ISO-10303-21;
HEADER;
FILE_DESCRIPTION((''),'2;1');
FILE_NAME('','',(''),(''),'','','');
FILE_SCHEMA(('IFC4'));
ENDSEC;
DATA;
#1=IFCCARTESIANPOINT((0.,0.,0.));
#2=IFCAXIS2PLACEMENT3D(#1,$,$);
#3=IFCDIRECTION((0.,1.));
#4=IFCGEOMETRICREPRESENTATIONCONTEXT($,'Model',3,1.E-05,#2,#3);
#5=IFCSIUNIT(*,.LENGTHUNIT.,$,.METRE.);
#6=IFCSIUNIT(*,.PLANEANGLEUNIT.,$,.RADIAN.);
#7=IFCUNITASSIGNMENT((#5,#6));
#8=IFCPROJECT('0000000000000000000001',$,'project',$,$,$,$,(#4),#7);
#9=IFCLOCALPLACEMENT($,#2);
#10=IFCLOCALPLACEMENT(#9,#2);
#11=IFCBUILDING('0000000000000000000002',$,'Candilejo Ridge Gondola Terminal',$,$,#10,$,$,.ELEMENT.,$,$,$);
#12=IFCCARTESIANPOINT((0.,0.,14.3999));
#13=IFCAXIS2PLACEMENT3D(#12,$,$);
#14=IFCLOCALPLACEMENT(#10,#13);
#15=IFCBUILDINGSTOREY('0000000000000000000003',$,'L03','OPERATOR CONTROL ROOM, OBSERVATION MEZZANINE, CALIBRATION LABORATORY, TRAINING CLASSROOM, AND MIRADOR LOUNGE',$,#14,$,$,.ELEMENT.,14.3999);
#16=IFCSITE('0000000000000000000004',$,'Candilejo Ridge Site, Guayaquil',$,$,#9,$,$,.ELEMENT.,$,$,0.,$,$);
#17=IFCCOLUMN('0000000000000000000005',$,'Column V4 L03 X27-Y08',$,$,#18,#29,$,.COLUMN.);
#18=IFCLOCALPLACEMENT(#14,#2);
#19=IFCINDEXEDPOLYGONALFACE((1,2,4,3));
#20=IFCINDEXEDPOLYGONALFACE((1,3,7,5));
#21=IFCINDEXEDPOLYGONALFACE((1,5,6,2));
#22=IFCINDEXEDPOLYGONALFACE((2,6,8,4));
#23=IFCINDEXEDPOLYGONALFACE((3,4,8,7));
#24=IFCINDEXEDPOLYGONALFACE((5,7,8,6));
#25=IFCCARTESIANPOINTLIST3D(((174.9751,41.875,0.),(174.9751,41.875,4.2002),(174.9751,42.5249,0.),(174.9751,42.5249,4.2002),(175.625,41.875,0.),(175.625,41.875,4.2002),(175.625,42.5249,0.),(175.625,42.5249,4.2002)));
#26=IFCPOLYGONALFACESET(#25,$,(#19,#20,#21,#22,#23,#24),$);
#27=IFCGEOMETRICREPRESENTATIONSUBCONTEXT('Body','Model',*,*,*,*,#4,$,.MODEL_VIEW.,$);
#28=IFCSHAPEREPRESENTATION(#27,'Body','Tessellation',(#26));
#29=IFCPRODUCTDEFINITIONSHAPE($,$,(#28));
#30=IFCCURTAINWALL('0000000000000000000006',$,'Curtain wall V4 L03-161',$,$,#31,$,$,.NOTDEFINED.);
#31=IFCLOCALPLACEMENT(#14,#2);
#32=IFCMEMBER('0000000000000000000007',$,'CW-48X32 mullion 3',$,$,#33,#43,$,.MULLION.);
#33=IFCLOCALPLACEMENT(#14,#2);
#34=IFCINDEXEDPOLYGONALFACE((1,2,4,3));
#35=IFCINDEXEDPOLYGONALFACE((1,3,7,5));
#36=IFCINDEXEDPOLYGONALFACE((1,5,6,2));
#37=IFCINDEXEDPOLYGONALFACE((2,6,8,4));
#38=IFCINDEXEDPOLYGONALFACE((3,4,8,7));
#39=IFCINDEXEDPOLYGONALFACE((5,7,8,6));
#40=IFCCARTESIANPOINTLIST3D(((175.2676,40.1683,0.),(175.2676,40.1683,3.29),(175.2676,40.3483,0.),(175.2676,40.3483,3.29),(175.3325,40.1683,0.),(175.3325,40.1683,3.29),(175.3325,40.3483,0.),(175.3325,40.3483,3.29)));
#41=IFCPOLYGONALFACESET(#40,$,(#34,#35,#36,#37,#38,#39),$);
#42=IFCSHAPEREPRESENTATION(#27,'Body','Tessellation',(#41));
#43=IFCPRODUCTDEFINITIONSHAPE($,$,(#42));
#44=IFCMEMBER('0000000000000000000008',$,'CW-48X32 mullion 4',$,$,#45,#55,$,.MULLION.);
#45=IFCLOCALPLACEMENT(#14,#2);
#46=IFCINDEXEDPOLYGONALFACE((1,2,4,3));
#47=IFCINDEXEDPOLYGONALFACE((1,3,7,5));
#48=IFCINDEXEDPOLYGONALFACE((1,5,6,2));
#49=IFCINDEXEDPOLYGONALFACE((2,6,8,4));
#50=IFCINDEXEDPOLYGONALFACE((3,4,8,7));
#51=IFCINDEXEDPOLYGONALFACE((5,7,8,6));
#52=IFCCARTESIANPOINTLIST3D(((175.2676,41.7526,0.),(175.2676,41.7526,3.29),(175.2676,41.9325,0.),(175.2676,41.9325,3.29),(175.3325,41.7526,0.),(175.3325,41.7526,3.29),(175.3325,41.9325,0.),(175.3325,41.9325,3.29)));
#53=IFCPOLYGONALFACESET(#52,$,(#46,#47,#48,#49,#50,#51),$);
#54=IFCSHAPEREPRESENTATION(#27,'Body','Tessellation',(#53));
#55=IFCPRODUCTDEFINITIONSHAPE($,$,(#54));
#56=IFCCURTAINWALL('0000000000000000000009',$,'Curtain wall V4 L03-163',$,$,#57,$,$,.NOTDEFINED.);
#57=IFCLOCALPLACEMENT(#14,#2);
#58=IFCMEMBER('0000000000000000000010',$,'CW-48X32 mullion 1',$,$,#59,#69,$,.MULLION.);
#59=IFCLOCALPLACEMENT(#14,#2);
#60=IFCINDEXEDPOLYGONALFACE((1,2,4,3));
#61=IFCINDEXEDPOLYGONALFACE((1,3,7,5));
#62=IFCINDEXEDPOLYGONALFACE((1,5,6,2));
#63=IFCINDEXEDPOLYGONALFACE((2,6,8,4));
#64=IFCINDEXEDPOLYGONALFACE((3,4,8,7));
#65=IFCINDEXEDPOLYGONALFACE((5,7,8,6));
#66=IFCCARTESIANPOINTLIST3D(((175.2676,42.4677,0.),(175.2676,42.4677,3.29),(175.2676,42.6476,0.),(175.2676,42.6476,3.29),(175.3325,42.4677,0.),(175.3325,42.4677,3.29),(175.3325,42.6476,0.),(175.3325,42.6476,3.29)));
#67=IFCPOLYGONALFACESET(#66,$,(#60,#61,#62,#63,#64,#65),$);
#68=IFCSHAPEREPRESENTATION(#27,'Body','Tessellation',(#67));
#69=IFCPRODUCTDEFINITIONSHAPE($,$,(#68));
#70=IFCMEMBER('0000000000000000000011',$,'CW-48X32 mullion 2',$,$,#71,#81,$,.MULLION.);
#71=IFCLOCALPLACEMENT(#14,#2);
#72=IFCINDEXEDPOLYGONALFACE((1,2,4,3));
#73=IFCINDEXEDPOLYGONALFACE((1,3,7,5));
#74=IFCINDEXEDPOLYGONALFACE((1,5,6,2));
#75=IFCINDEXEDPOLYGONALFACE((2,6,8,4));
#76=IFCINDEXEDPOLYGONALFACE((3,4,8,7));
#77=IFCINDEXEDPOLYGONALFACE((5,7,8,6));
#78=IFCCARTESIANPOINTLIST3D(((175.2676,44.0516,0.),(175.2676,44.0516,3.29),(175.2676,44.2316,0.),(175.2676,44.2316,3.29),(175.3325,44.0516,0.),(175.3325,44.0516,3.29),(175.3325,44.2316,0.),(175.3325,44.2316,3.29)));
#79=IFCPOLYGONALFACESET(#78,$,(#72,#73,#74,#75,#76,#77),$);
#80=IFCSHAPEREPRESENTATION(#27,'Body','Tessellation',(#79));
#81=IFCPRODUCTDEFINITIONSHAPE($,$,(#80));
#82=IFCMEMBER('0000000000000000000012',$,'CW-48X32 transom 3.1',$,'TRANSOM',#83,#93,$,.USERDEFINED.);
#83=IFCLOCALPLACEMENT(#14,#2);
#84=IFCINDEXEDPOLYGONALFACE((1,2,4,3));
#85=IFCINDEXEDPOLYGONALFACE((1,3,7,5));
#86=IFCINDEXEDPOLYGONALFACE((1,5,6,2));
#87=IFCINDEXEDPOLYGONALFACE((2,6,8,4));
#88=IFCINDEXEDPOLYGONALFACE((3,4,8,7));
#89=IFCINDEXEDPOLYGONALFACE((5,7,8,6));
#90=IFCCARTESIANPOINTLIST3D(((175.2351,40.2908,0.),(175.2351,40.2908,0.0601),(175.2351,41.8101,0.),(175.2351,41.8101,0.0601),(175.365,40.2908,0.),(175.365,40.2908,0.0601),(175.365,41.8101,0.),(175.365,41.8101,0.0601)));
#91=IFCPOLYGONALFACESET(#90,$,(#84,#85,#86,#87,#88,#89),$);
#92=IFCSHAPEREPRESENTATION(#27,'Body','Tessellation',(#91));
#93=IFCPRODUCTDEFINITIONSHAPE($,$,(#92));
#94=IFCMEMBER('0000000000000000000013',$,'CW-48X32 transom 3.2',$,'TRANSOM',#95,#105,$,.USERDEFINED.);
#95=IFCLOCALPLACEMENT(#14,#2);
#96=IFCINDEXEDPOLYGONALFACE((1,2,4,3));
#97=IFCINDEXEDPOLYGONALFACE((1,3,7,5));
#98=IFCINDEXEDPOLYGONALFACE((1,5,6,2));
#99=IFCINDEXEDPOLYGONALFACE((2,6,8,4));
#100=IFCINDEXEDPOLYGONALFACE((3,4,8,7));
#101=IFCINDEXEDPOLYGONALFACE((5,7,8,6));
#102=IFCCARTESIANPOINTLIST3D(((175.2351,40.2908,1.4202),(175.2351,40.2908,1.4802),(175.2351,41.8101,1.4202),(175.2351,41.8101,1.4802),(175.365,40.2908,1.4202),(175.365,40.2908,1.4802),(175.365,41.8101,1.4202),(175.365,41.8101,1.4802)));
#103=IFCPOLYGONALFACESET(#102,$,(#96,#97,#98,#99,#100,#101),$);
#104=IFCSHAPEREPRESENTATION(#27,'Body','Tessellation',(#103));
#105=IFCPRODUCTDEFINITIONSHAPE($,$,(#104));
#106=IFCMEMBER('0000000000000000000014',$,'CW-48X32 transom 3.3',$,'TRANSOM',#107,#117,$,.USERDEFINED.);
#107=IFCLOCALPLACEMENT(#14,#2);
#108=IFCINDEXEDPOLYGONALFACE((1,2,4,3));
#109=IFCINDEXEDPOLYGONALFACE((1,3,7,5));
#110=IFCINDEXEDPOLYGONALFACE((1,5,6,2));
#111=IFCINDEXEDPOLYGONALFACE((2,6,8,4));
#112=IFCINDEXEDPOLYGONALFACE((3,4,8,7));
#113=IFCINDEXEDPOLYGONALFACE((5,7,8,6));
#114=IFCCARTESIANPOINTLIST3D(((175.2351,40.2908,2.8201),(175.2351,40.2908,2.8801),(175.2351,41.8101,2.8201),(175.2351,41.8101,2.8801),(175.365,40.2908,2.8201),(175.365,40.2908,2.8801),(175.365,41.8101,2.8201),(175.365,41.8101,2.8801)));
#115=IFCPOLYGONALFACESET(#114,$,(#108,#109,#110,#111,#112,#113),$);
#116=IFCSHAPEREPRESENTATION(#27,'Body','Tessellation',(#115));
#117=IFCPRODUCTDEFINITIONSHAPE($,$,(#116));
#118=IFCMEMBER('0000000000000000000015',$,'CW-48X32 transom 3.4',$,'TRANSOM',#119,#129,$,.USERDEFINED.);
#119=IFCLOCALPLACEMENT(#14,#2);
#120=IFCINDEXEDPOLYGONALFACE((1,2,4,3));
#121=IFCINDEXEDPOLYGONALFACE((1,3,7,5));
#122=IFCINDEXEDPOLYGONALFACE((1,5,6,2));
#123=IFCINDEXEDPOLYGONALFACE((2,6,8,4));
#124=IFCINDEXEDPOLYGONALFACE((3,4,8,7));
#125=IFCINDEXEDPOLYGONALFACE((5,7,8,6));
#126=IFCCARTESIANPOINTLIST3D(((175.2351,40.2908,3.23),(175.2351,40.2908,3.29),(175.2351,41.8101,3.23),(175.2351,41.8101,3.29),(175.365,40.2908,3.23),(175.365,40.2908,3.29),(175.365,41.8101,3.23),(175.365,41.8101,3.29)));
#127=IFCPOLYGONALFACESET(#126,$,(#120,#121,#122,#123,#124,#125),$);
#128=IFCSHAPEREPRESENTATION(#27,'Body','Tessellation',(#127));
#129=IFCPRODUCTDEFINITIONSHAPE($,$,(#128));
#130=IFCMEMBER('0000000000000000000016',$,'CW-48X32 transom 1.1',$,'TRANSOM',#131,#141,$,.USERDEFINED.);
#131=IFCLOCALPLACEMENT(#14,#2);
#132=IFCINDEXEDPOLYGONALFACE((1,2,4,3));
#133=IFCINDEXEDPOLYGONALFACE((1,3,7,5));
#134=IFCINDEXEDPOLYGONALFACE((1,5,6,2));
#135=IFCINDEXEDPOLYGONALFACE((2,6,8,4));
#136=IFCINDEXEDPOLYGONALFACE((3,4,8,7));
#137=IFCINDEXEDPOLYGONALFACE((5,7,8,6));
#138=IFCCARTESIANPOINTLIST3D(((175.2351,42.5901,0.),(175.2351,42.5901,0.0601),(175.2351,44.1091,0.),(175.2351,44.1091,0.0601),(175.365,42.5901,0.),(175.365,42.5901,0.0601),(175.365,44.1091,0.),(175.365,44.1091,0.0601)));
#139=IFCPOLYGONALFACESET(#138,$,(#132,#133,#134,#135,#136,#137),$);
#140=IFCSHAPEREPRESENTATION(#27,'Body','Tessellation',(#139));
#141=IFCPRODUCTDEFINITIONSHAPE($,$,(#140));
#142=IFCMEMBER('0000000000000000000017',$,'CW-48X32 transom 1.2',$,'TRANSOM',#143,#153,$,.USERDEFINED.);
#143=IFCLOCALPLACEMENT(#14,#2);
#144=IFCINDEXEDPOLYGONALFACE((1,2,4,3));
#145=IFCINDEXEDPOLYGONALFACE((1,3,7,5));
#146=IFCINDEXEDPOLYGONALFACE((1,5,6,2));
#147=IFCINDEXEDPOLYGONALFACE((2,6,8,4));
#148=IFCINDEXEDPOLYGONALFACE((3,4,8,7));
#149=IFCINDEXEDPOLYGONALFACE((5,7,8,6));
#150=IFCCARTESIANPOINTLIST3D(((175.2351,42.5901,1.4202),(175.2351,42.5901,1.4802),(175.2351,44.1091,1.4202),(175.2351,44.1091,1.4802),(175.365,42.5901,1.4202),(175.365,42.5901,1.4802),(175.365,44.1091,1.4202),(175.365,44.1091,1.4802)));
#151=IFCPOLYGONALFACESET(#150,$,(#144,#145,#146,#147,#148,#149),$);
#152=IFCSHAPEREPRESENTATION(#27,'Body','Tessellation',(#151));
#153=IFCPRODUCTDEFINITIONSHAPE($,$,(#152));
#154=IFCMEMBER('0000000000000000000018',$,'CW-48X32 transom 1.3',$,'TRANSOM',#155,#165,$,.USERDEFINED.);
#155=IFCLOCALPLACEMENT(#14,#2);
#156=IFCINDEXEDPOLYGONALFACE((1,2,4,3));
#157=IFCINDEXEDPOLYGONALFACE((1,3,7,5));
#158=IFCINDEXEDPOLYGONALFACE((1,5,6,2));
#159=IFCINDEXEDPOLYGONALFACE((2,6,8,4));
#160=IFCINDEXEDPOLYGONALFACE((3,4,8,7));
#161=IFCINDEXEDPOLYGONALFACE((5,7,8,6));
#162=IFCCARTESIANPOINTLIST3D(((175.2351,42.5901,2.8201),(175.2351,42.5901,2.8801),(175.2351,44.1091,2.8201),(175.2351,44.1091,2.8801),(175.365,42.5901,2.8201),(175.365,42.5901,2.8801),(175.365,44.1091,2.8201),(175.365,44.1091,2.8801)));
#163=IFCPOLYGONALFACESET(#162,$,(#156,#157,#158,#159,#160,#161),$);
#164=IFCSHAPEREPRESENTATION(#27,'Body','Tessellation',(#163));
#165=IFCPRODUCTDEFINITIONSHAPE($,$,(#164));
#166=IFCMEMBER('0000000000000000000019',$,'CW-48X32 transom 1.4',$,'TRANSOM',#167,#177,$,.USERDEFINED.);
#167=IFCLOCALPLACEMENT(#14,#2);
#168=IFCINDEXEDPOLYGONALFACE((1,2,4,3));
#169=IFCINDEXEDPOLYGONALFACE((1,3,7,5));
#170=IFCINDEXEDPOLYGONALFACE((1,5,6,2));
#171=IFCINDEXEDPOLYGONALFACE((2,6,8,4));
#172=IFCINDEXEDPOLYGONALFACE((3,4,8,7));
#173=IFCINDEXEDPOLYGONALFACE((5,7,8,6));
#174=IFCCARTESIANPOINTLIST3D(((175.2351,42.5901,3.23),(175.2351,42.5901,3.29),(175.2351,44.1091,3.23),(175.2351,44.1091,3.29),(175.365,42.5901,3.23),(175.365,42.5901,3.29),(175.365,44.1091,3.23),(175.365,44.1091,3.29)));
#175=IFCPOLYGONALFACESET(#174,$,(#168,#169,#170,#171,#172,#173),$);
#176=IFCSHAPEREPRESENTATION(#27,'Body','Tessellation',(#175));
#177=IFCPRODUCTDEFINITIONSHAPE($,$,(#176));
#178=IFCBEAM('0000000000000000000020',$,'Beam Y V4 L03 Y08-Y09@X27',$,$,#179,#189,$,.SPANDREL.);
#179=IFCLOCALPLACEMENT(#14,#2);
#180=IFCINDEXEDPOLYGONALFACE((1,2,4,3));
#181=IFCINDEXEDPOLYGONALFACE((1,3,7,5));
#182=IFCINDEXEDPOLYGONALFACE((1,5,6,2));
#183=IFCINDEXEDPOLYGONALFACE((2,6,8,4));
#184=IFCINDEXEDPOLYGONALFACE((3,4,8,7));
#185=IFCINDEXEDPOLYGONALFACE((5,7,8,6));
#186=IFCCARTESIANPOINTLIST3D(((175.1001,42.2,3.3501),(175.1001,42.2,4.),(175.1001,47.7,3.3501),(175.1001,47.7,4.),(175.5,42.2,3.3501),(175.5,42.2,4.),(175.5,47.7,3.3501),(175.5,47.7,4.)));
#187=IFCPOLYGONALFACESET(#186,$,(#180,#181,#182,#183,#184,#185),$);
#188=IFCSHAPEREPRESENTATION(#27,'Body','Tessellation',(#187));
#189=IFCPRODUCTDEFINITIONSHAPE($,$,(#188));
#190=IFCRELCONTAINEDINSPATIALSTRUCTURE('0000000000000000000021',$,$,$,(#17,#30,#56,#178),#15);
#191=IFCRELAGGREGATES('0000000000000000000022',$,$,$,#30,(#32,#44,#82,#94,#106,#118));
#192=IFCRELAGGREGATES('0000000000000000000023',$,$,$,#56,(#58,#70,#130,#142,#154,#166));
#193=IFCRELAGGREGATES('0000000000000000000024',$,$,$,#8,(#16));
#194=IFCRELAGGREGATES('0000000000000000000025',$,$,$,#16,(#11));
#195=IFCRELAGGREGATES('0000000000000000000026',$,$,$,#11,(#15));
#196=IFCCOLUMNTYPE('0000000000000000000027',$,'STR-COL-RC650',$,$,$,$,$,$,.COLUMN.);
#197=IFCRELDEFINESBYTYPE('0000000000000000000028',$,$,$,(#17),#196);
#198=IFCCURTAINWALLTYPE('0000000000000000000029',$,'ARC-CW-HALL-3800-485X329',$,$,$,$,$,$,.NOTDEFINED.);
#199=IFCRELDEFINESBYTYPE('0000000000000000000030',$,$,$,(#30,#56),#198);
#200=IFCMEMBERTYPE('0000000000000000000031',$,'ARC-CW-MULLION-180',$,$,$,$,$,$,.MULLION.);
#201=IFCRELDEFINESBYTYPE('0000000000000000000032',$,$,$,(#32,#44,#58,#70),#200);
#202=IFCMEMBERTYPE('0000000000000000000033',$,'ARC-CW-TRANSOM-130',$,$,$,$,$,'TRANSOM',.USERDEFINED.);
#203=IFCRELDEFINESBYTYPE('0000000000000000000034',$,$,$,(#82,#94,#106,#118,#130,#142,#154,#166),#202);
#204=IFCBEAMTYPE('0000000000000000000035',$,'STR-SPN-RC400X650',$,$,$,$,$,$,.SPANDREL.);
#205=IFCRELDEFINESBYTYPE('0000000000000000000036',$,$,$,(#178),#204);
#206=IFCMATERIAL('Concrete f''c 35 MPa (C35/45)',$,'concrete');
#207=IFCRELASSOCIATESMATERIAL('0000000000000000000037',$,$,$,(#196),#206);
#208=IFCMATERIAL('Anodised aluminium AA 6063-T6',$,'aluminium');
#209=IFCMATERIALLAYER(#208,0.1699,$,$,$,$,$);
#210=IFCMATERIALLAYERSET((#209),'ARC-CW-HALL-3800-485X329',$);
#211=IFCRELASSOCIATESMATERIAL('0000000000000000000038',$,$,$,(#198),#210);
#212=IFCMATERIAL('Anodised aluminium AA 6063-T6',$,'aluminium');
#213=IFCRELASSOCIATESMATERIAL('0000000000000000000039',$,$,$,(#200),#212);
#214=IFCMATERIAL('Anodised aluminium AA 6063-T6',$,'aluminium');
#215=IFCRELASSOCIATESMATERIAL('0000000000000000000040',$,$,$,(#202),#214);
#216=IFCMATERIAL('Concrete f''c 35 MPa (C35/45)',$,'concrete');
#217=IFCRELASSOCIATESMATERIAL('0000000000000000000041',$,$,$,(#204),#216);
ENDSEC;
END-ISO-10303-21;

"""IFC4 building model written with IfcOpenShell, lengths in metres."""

from ifc_helpers import new_model, si_unit, direction, frame, origin, origin_2d, place, context, subcontext, project, spatial, rectangle, extrude, material, layer, layer_set, material_profile, profile_set, type_object, element, aggregate, save


model = new_model("IFC4")

# Units and contexts
model_context = context("Model", 3, precision=1e-05, world=origin(), true_north=direction((0.0, 1.0)))
body_context = subcontext(model_context, "Body", "Model", "MODEL_VIEW")
ifc_project = project(units=[si_unit("LENGTHUNIT", "METRE"), si_unit("PLANEANGLEUNIT", "RADIAN")], contexts=[model_context])

# Site, building, storey
site_placement = place(None, origin())
site = spatial("IfcSite", under=ifc_project, at=site_placement, Name="Candilejo Ridge Site, Guayaquil", CompositionType="ELEMENT", RefElevation=0.0)
building_placement = place(site_placement, origin())
building = spatial("IfcBuilding", under=site, at=building_placement, Name="Candilejo Ridge Gondola Terminal", CompositionType="ELEMENT")
storey_placement = place(building_placement, frame((0.0, 0.0, 14.3999)))
storey = spatial("IfcBuildingStorey", under=building, at=storey_placement, Name="L03", Description="OPERATOR CONTROL ROOM, OBSERVATION MEZZANINE, CALIBRATION LABORATORY, TRAINING CLASSROOM, AND MIRADOR LOUNGE", CompositionType="ELEMENT", Elevation=14.3999)

# Column
ifc_material_1 = material(Name="Concrete f'c 35 MPa (C35/45)", Category="concrete")
ifc_material_profile_1 = material_profile(ifc_material_1, rectangle(XDim=0.6499, YDim=0.6499, at=origin_2d()))
ifc_profile_set_1 = profile_set([ifc_material_profile_1], Name="Concrete f'c 35 MPa (C35/45)")
column_type = type_object("IfcColumnType", Name="STR-COL-RC650", PredefinedType="COLUMN", material=ifc_profile_set_1)
column_placement = place(storey_placement, frame((175.3, 42.2, 0.0), z_axis=(0.0, 0.0, 1.0), x_axis=(1.0, 0.0, 0.0)))
element("IfcColumn", 1, at=column_placement, inside=storey, type_object=column_type, Name="Column V4 L03 X27-Y08", PredefinedType="COLUMN", context=body_context, shape_type="SweptSolid", body=[
    extrude(rectangle(XDim=0.6499, YDim=0.6499, at=origin_2d()), origin(), (0.0, 0.0, 1.0), 4.2002),
])

# Curtain walls, members
ifc_material_2 = material(Name="Anodised aluminium AA 6063-T6", Category="aluminium")
ifc_layer_1 = layer(ifc_material_2, 0.1699)
ifc_layer_set_1 = layer_set([ifc_layer_1], Name="ARC-CW-HALL-3800-485X329")
curtain_wall_type = type_object("IfcCurtainWallType", Name="ARC-CW-HALL-3800-485X329", PredefinedType="NOTDEFINED", material=ifc_layer_set_1)
curtain_wall_1_placement = place(storey_placement, origin())
curtain_wall_1 = element("IfcCurtainWall", 2, at=curtain_wall_1_placement, inside=storey, type_object=curtain_wall_type, Name="Curtain wall V4 L03-161", PredefinedType="NOTDEFINED")
ifc_material_3 = material(Name="Anodised aluminium AA 6063-T6", Category="aluminium")
ifc_material_profile_2 = material_profile(ifc_material_3, rectangle(XDim=0.0649, YDim=0.1799, at=origin_2d()))
ifc_profile_set_2 = profile_set([ifc_material_profile_2], Name="Anodised aluminium AA 6063-T6")
member_type_1 = type_object("IfcMemberType", Name="ARC-CW-MULLION-180", PredefinedType="MULLION", material=ifc_profile_set_2)
member_1_placement = place(storey_placement, frame((175.3, 40.2583, 0.0), z_axis=(0.0, 0.0, 1.0), x_axis=(-1.0, 0.0, 0.0)))
member_1 = element("IfcMember", 3, at=member_1_placement, type_object=member_type_1, Name="CW-48X32 mullion 3", PredefinedType="MULLION", context=body_context, shape_type="SweptSolid", body=[
    extrude(rectangle(XDim=0.0649, YDim=0.1799, at=origin_2d()), origin(), (0.0, 0.0, 1.0), 3.29),
])
member_2_placement = place(storey_placement, frame((175.3, 41.8425, 0.0), z_axis=(0.0, 0.0, 1.0), x_axis=(-1.0, 0.0, 0.0)))
member_2 = element("IfcMember", 4, at=member_2_placement, type_object=member_type_1, Name="CW-48X32 mullion 4", PredefinedType="MULLION", context=body_context, shape_type="SweptSolid", body=[
    extrude(rectangle(XDim=0.0649, YDim=0.1799, at=origin_2d()), origin(), (0.0, 0.0, 1.0), 3.29),
])
curtain_wall_2_placement = place(storey_placement, origin())
curtain_wall_2 = element("IfcCurtainWall", 5, at=curtain_wall_2_placement, inside=storey, type_object=curtain_wall_type, Name="Curtain wall V4 L03-163", PredefinedType="NOTDEFINED")
member_3_placement = place(storey_placement, frame((175.3, 42.5576, 0.0), z_axis=(0.0, 0.0, 1.0), x_axis=(-1.0, 0.0, 0.0)))
member_3 = element("IfcMember", 6, at=member_3_placement, type_object=member_type_1, Name="CW-48X32 mullion 1", PredefinedType="MULLION", context=body_context, shape_type="SweptSolid", body=[
    extrude(rectangle(XDim=0.0649, YDim=0.1799, at=origin_2d()), origin(), (0.0, 0.0, 1.0), 3.29),
])
member_4_placement = place(storey_placement, frame((175.3, 44.1416, 0.0), z_axis=(0.0, 0.0, 1.0), x_axis=(-1.0, 0.0, 0.0)))
member_4 = element("IfcMember", 7, at=member_4_placement, type_object=member_type_1, Name="CW-48X32 mullion 2", PredefinedType="MULLION", context=body_context, shape_type="SweptSolid", body=[
    extrude(rectangle(XDim=0.0649, YDim=0.1799, at=origin_2d()), origin(), (0.0, 0.0, 1.0), 3.29),
])

# Members
ifc_material_4 = material(Name="Anodised aluminium AA 6063-T6", Category="aluminium")
ifc_material_profile_3 = material_profile(ifc_material_4, rectangle(XDim=0.1299, YDim=0.0601, at=origin_2d()))
ifc_profile_set_3 = profile_set([ifc_material_profile_3], Name="Anodised aluminium AA 6063-T6")
member_type_2 = type_object("IfcMemberType", Name="ARC-CW-TRANSOM-130", ElementType="TRANSOM", PredefinedType="USERDEFINED", material=ifc_profile_set_3)
member_5_placement = place(storey_placement, frame((175.3, 40.2908, 0.03), z_axis=(0.0, 1.0, 0.0), x_axis=(-1.0, 0.0, 0.0)))
member_5 = element("IfcMember", 8, at=member_5_placement, type_object=member_type_2, Name="CW-48X32 transom 3.1", ObjectType="TRANSOM", PredefinedType="USERDEFINED", context=body_context, shape_type="SweptSolid", body=[
    extrude(rectangle(XDim=0.1299, YDim=0.0601, at=origin_2d()), origin(), (0.0, 0.0, 1.0), 1.5193),
])
member_6_placement = place(storey_placement, frame((175.3, 40.2908, 1.4502), z_axis=(0.0, 1.0, 0.0), x_axis=(-1.0, 0.0, 0.0)))
member_6 = element("IfcMember", 9, at=member_6_placement, type_object=member_type_2, Name="CW-48X32 transom 3.2", ObjectType="TRANSOM", PredefinedType="USERDEFINED", context=body_context, shape_type="SweptSolid", body=[
    extrude(rectangle(XDim=0.1299, YDim=0.0601, at=origin_2d()), origin(), (0.0, 0.0, 1.0), 1.5193),
])
member_7_placement = place(storey_placement, frame((175.3, 40.2908, 2.8501), z_axis=(0.0, 1.0, 0.0), x_axis=(-1.0, 0.0, 0.0)))
member_7 = element("IfcMember", 10, at=member_7_placement, type_object=member_type_2, Name="CW-48X32 transom 3.3", ObjectType="TRANSOM", PredefinedType="USERDEFINED", context=body_context, shape_type="SweptSolid", body=[
    extrude(rectangle(XDim=0.1299, YDim=0.0601, at=origin_2d()), origin(), (0.0, 0.0, 1.0), 1.5193),
])
member_8_placement = place(storey_placement, frame((175.3, 40.2908, 3.26), z_axis=(0.0, 1.0, 0.0), x_axis=(-1.0, 0.0, 0.0)))
member_8 = element("IfcMember", 11, at=member_8_placement, type_object=member_type_2, Name="CW-48X32 transom 3.4", ObjectType="TRANSOM", PredefinedType="USERDEFINED", context=body_context, shape_type="SweptSolid", body=[
    extrude(rectangle(XDim=0.1299, YDim=0.0601, at=origin_2d()), origin(), (0.0, 0.0, 1.0), 1.5193),
])
member_9_placement = place(storey_placement, frame((175.3, 42.5901, 0.03), z_axis=(0.0, 1.0, 0.0), x_axis=(-1.0, 0.0, 0.0)))
member_9 = element("IfcMember", 12, at=member_9_placement, type_object=member_type_2, Name="CW-48X32 transom 1.1", ObjectType="TRANSOM", PredefinedType="USERDEFINED", context=body_context, shape_type="SweptSolid", body=[
    extrude(rectangle(XDim=0.1299, YDim=0.0601, at=origin_2d()), origin(), (0.0, 0.0, 1.0), 1.519),
])
member_10_placement = place(storey_placement, frame((175.3, 42.5901, 1.4502), z_axis=(0.0, 1.0, 0.0), x_axis=(-1.0, 0.0, 0.0)))
member_10 = element("IfcMember", 13, at=member_10_placement, type_object=member_type_2, Name="CW-48X32 transom 1.2", ObjectType="TRANSOM", PredefinedType="USERDEFINED", context=body_context, shape_type="SweptSolid", body=[
    extrude(rectangle(XDim=0.1299, YDim=0.0601, at=origin_2d()), origin(), (0.0, 0.0, 1.0), 1.519),
])
member_11_placement = place(storey_placement, frame((175.3, 42.5901, 2.8501), z_axis=(0.0, 1.0, 0.0), x_axis=(-1.0, 0.0, 0.0)))
member_11 = element("IfcMember", 14, at=member_11_placement, type_object=member_type_2, Name="CW-48X32 transom 1.3", ObjectType="TRANSOM", PredefinedType="USERDEFINED", context=body_context, shape_type="SweptSolid", body=[
    extrude(rectangle(XDim=0.1299, YDim=0.0601, at=origin_2d()), origin(), (0.0, 0.0, 1.0), 1.519),
])
member_12_placement = place(storey_placement, frame((175.3, 42.5901, 3.26), z_axis=(0.0, 1.0, 0.0), x_axis=(-1.0, 0.0, 0.0)))
member_12 = element("IfcMember", 15, at=member_12_placement, type_object=member_type_2, Name="CW-48X32 transom 1.4", ObjectType="TRANSOM", PredefinedType="USERDEFINED", context=body_context, shape_type="SweptSolid", body=[
    extrude(rectangle(XDim=0.1299, YDim=0.0601, at=origin_2d()), origin(), (0.0, 0.0, 1.0), 1.519),
])

# Beam
ifc_material_5 = material(Name="Concrete f'c 35 MPa (C35/45)", Category="concrete")
ifc_material_profile_4 = material_profile(ifc_material_5, rectangle(XDim=0.3999, YDim=0.6499, at=origin_2d()))
ifc_profile_set_4 = profile_set([ifc_material_profile_4], Name="Concrete f'c 35 MPa (C35/45)")
beam_type = type_object("IfcBeamType", Name="STR-SPN-RC400X650", PredefinedType="SPANDREL", material=ifc_profile_set_4)
beam_placement = place(storey_placement, frame((175.3, 42.2, 3.675), z_axis=(0.0, 1.0, 0.0), x_axis=(-1.0, 0.0, 0.0)))
element("IfcBeam", 16, at=beam_placement, inside=storey, type_object=beam_type, Name="Beam Y V4 L03 Y08-Y09@X27", PredefinedType="SPANDREL", context=body_context, shape_type="SweptSolid", body=[
    extrude(rectangle(XDim=0.3999, YDim=0.6499, at=origin_2d()), origin(), (0.0, 0.0, 1.0), 5.5),
])

aggregate(curtain_wall_1, [member_1, member_2, member_5, member_6, member_7, member_8])
aggregate(curtain_wall_2, [member_3, member_4, member_9, member_10, member_11, member_12])

save(model, "model.ifc")
